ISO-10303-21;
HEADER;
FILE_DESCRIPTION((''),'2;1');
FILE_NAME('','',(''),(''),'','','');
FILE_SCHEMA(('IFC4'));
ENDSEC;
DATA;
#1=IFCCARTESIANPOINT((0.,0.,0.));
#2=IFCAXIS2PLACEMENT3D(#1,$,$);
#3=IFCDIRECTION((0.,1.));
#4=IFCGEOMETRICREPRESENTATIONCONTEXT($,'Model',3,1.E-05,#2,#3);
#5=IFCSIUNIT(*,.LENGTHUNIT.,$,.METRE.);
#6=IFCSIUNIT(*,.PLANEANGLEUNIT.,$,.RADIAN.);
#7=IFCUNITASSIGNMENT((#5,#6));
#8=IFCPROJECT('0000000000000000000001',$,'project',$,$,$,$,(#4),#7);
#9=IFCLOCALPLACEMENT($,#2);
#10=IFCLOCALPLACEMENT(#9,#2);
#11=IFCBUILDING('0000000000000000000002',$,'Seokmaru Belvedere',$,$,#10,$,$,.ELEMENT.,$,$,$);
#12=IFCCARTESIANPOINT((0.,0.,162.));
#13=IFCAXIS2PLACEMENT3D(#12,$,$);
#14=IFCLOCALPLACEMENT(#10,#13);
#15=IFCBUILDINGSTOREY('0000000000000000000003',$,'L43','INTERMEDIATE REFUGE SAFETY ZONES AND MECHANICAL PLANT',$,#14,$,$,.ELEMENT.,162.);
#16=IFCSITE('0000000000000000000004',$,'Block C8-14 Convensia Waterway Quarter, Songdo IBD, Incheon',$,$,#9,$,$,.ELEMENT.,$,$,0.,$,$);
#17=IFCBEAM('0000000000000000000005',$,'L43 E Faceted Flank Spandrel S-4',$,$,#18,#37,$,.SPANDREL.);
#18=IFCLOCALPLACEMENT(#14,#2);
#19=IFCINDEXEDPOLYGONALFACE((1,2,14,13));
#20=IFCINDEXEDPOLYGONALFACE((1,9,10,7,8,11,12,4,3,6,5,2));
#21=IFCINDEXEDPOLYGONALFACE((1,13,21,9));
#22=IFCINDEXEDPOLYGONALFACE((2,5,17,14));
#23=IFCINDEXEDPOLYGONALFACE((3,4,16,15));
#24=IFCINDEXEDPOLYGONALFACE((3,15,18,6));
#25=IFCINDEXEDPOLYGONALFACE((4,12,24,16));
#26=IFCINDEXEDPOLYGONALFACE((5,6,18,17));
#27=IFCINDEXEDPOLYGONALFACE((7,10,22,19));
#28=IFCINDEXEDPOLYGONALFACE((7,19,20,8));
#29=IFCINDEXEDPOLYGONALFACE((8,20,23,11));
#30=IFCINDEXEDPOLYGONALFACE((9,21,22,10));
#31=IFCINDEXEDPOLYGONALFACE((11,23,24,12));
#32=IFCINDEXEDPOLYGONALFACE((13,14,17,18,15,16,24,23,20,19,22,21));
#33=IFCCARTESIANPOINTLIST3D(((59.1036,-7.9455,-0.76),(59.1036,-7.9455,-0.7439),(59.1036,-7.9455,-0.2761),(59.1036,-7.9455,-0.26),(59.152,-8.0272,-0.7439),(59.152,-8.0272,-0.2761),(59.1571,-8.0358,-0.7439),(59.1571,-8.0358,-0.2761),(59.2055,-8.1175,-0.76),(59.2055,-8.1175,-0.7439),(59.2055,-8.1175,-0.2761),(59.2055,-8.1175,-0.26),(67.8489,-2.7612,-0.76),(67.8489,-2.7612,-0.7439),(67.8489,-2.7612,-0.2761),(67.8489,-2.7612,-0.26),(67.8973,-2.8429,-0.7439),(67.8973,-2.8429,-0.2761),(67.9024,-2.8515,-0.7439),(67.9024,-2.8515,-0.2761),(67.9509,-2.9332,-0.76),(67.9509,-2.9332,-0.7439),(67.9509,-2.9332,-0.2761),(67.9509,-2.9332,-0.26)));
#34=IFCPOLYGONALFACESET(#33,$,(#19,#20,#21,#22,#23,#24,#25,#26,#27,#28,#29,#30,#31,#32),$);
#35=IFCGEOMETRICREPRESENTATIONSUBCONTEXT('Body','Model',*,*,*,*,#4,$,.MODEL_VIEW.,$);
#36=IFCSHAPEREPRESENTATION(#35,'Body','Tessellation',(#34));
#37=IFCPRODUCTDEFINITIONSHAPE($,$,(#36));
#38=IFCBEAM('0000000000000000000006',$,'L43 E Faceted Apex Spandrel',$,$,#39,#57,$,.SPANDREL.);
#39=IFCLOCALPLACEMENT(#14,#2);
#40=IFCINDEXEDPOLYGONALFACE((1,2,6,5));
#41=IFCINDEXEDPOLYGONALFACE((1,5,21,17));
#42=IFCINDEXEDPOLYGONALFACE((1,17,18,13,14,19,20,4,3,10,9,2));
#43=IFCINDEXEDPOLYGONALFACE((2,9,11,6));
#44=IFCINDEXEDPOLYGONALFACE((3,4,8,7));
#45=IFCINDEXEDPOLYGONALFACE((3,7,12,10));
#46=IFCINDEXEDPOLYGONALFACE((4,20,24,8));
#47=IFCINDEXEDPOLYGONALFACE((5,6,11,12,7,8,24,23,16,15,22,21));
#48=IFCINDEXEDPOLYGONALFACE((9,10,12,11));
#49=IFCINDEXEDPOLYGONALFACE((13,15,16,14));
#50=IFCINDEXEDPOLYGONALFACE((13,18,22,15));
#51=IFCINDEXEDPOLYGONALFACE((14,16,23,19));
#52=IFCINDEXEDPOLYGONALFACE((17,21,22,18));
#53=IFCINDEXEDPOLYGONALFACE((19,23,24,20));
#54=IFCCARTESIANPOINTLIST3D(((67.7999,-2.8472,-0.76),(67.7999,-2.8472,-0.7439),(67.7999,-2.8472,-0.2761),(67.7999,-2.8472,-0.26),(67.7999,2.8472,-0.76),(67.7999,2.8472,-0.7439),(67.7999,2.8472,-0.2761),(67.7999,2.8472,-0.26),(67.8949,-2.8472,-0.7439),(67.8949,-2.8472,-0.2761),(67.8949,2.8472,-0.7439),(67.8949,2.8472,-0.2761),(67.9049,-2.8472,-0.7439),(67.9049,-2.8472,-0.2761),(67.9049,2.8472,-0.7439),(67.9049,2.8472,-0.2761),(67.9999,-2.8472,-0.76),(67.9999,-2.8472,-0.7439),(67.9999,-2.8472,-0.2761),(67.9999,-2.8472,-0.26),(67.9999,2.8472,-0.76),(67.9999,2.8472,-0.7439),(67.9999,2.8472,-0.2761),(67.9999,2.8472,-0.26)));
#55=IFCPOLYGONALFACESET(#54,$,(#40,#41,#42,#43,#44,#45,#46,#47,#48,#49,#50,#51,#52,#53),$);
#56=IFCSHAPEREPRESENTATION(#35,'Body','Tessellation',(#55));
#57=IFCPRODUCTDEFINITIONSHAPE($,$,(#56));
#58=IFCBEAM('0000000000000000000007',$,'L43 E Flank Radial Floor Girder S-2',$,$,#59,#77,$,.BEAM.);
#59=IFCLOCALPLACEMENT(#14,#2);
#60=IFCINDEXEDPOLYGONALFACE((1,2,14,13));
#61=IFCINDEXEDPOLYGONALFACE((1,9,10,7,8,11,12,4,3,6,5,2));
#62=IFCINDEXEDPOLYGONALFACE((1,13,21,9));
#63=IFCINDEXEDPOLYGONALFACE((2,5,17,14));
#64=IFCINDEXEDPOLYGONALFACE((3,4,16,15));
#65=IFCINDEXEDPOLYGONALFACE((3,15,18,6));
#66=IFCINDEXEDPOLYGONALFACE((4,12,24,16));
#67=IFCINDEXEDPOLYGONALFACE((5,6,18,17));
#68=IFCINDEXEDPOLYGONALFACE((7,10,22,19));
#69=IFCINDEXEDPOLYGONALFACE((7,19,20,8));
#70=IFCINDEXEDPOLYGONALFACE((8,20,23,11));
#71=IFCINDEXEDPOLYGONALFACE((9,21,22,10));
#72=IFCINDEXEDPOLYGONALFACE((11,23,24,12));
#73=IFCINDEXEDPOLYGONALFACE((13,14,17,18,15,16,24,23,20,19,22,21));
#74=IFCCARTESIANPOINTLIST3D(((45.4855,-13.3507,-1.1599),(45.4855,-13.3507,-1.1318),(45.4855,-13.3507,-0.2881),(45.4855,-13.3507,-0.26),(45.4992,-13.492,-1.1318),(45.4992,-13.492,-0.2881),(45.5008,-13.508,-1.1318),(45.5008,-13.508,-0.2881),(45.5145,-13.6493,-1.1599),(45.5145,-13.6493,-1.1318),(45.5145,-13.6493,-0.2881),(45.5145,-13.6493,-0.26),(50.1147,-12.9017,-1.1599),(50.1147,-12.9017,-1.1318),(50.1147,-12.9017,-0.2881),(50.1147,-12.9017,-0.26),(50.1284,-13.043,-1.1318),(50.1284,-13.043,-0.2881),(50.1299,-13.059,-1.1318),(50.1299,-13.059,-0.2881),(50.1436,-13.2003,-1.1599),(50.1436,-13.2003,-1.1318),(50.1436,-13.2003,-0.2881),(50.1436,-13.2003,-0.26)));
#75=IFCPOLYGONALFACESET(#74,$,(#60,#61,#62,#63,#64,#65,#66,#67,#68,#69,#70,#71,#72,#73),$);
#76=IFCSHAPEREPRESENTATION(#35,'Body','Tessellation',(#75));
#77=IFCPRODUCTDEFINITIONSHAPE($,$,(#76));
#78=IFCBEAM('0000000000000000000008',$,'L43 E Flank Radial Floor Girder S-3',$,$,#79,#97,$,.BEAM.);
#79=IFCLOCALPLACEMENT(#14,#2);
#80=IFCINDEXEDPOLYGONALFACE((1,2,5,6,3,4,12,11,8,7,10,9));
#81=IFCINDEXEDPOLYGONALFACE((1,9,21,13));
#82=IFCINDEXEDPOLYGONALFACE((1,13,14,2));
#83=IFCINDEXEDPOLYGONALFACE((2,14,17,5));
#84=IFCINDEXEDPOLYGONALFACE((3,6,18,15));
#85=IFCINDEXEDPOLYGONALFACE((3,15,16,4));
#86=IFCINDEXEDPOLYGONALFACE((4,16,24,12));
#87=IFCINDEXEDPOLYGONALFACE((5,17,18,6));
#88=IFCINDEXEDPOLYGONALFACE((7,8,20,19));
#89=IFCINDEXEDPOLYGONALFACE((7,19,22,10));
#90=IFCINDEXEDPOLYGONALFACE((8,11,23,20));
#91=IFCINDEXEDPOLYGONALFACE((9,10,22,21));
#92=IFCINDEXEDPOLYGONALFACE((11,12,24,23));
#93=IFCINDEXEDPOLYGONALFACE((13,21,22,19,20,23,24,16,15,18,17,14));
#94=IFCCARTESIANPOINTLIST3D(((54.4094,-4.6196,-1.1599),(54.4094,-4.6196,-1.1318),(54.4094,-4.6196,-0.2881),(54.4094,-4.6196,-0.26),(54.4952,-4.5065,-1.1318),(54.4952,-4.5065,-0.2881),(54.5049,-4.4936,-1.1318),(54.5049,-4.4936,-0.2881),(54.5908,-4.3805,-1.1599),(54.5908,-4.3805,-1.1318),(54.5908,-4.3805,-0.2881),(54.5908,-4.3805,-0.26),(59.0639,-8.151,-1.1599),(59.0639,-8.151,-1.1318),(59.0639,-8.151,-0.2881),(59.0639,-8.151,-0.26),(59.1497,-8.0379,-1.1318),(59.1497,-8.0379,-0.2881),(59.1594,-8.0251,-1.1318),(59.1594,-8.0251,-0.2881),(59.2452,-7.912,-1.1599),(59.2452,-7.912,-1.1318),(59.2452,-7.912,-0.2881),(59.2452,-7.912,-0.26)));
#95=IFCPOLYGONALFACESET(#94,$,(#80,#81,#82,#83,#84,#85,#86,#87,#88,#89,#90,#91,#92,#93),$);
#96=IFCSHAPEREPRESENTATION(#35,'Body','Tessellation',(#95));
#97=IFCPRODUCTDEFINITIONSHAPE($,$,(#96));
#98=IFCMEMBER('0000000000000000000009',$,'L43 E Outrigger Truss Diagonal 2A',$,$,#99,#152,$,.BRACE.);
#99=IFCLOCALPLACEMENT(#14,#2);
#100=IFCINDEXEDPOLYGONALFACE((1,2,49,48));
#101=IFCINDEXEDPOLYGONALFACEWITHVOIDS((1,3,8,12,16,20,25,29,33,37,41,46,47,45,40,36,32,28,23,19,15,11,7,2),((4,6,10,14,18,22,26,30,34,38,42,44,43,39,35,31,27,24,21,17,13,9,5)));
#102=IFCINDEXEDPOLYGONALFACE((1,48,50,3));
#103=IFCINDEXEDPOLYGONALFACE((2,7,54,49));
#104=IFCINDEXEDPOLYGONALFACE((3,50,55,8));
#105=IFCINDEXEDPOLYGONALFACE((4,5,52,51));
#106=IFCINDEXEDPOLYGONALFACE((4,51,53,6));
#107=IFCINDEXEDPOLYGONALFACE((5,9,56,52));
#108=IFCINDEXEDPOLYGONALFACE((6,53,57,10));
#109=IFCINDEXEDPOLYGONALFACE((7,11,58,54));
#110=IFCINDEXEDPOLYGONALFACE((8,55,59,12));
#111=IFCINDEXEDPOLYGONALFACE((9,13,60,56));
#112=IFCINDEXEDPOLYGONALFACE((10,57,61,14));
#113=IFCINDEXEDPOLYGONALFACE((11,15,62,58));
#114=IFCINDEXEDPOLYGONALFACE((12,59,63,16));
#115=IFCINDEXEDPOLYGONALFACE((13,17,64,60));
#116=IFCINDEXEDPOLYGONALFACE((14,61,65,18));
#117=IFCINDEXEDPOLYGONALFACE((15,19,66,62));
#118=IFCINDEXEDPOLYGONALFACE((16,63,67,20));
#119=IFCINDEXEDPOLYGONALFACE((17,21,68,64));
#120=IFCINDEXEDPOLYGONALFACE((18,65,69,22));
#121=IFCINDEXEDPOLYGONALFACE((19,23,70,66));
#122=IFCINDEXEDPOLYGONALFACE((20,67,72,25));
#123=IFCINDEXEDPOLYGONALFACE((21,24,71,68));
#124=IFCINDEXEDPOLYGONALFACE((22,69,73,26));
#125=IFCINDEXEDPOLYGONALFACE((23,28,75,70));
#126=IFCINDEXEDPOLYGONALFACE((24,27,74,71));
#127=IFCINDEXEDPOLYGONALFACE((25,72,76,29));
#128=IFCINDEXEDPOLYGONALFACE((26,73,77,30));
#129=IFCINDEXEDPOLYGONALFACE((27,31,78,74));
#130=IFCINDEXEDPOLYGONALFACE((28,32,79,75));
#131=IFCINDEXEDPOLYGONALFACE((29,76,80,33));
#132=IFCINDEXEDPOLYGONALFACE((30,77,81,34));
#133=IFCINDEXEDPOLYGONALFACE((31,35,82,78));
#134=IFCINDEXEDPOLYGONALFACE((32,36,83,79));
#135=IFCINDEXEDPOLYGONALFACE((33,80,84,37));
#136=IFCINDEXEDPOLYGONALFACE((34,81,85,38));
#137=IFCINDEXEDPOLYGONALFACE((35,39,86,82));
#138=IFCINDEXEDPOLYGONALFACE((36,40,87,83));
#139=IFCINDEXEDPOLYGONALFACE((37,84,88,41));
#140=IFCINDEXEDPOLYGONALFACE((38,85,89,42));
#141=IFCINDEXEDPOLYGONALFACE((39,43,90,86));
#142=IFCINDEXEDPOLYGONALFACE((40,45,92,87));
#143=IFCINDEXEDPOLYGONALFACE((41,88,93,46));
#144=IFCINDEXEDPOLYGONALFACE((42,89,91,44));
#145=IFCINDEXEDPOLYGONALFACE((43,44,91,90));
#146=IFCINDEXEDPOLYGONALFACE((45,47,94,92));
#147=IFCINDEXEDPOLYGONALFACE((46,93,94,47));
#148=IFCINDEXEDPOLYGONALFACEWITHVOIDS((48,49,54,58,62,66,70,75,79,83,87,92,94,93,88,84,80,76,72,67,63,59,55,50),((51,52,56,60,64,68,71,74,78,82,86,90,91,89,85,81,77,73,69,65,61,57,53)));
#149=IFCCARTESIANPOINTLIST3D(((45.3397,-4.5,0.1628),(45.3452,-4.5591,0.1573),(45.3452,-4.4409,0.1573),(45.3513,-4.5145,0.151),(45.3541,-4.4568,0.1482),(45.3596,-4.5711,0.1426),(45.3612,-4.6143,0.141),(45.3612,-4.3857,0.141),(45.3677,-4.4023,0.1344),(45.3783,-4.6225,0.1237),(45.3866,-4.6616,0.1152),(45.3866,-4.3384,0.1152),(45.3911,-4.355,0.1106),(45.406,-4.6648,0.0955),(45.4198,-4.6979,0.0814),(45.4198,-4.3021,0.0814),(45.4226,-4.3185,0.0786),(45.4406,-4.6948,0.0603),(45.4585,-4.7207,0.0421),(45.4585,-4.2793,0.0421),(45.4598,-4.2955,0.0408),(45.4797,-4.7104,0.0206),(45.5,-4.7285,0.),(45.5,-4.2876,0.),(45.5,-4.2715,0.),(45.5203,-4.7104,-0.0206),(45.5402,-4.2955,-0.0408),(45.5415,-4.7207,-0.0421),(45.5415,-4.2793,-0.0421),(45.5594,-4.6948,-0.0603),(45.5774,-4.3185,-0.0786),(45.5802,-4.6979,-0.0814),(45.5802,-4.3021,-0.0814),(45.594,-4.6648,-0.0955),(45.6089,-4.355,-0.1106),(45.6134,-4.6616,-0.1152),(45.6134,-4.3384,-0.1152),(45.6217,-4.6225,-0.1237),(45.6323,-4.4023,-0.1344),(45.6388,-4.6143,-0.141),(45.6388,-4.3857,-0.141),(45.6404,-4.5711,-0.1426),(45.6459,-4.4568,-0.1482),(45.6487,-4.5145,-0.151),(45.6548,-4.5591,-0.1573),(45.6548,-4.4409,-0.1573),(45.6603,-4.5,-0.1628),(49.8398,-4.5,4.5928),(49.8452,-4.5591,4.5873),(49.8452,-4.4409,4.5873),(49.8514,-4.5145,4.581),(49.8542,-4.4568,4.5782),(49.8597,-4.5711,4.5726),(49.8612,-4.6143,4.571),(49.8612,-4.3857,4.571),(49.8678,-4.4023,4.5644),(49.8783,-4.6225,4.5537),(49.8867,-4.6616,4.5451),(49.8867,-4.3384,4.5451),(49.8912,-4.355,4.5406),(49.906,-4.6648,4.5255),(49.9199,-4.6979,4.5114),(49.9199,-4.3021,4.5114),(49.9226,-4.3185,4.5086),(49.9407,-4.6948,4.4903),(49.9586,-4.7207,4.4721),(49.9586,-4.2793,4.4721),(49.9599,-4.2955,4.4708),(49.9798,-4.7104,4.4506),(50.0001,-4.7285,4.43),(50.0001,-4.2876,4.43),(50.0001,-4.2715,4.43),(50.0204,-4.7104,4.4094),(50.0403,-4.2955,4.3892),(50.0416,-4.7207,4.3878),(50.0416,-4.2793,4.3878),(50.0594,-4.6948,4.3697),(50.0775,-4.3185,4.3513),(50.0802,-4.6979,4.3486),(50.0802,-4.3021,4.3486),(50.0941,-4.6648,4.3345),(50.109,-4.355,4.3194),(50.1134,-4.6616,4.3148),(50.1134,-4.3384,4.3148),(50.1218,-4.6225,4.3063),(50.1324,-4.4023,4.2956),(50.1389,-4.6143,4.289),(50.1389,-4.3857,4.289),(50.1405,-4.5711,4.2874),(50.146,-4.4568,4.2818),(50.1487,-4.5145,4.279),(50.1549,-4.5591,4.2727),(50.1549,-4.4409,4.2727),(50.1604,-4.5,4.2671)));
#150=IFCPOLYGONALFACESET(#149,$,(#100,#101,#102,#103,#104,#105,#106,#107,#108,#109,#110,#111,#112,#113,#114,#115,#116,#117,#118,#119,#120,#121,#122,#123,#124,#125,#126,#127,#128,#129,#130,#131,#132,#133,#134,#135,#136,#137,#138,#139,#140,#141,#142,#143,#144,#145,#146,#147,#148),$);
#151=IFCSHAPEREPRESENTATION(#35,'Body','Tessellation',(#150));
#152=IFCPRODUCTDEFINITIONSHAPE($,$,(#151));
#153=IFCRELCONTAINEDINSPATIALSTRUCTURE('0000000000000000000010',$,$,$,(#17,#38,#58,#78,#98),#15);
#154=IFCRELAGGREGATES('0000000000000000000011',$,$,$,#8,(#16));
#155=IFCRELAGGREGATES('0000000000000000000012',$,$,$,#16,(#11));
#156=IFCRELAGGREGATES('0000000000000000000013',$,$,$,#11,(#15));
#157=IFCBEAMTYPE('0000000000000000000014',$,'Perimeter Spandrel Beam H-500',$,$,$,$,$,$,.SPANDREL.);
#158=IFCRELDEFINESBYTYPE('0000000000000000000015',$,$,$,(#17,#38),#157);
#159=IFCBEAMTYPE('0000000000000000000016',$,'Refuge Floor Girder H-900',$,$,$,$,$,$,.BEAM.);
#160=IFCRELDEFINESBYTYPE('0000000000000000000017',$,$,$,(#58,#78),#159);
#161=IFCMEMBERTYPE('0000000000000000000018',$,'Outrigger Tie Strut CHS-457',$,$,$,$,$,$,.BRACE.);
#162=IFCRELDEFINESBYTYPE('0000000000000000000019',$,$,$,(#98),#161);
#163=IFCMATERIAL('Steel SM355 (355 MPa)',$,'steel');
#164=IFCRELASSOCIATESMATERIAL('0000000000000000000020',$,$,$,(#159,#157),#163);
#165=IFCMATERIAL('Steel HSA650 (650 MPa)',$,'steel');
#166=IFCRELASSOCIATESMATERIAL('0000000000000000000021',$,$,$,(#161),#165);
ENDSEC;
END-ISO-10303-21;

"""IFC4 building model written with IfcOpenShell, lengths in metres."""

from ifc_helpers import new_model, si_unit, direction, frame, origin, origin_2d, place, context, subcontext, project, spatial, hollow_circle, i_section, extrude, source, transform, mapped, material, material_profile, profile_set, type_object, type_shapes, element, save


model = new_model("IFC4")

# Units and contexts
model_context = context("Model", 3, precision=1e-05, world=origin(), true_north=direction((0.0, 1.0)))
body_context = subcontext(model_context, "Body", "Model", "MODEL_VIEW")
ifc_project = project(units=[si_unit("LENGTHUNIT", "METRE"), si_unit("PLANEANGLEUNIT", "RADIAN")], contexts=[model_context])

# Site, building, storey
site_placement = place(None, origin())
site = spatial("IfcSite", under=ifc_project, at=site_placement, Name="Block C8-14 Convensia Waterway Quarter, Songdo IBD, Incheon", CompositionType="ELEMENT", RefElevation=0.0)
building_placement = place(site_placement, origin())
building = spatial("IfcBuilding", under=site, at=building_placement, Name="Seokmaru Belvedere", CompositionType="ELEMENT")
storey_placement = place(building_placement, frame((0.0, 0.0, 162.0)))
storey = spatial("IfcBuildingStorey", under=building, at=storey_placement, Name="L43", Description="INTERMEDIATE REFUGE SAFETY ZONES AND MECHANICAL PLANT", CompositionType="ELEMENT", Elevation=162.0)

# Shared definitions
ifc_material_1 = material(Name="Steel SM355 (355 MPa)", Category="steel")

# Beams
ifc_material_profile_1 = material_profile(ifc_material_1, i_section(OverallWidth=0.3, OverallDepth=0.8999, WebThickness=0.0161, FlangeThickness=0.0281, at=origin_2d()), Name="H-900x300x16x28")
ifc_profile_set_1 = profile_set([ifc_material_profile_1], Name="Steel SM355 (355 MPa)")
beam_type_1 = type_object("IfcBeamType", Name="Refuge Floor Girder H-900", PredefinedType="BEAM", material=ifc_profile_set_1)
ifc_material_profile_2 = material_profile(ifc_material_1, i_section(OverallWidth=0.2, OverallDepth=0.5, WebThickness=0.01, FlangeThickness=0.0161, at=origin_2d()), Name="H-500x200x10x16")
ifc_profile_set_2 = profile_set([ifc_material_profile_2], Name="Steel SM355 (355 MPa)")
beam_type_2 = type_object("IfcBeamType", Name="Perimeter Spandrel Beam H-500", PredefinedType="SPANDREL", material=ifc_profile_set_2)
shared_shape_1 = source(origin(), body_context, "Body", "SweptSolid", [
    extrude(i_section(OverallWidth=0.2, OverallDepth=0.5, WebThickness=0.01, FlangeThickness=0.0161, at=origin_2d()), origin(), (0.0, 0.0, 1.0), 10.1665),
])
beam_1_placement = place(storey_placement, frame((59.1545, -8.0315, -0.51), z_axis=(0.86021, 0.50994, 0.0), x_axis=(-0.50994, 0.86021, 0.0)))
element("IfcBeam", 1, at=beam_1_placement, inside=storey, type_object=beam_type_2, Name="L43 E Faceted Flank Spandrel S-4", PredefinedType="SPANDREL", context=body_context, shape_type="MappedRepresentation", body=[
    mapped(shared_shape_1, transform((0.0, 0.0, 0.0), scale=1.0)),
])
shared_shape_2 = source(origin(), body_context, "Body", "SweptSolid", [
    extrude(i_section(OverallWidth=0.2, OverallDepth=0.5, WebThickness=0.01, FlangeThickness=0.0161, at=origin_2d()), origin(), (0.0, 0.0, 1.0), 5.6943),
])
beam_2_placement = place(storey_placement, frame((67.8999, -2.8472, -0.51), z_axis=(0.0, 1.0, 0.0), x_axis=(-1.0, 0.0, 0.0)))
element("IfcBeam", 2, at=beam_2_placement, inside=storey, type_object=beam_type_2, Name="L43 E Faceted Apex Spandrel", PredefinedType="SPANDREL", context=body_context, shape_type="MappedRepresentation", body=[
    mapped(shared_shape_2, transform((0.0, 0.0, 0.0), scale=1.0)),
])
shared_shape_3 = source(origin(), body_context, "Body", "SweptSolid", [
    extrude(i_section(OverallWidth=0.3, OverallDepth=0.8999, WebThickness=0.0161, FlangeThickness=0.0281, at=origin_2d()), origin(), (0.0, 0.0, 1.0), 4.6509),
])
beam_3_placement = place(storey_placement, frame((50.1292, -13.051, -0.71), z_axis=(-0.99533, -0.096536, 0.0), x_axis=(0.096536, -0.99533, 0.0)))
element("IfcBeam", 3, at=beam_3_placement, inside=storey, type_object=beam_type_1, Name="L43 E Flank Radial Floor Girder S-2", PredefinedType="BEAM", context=body_context, shape_type="MappedRepresentation", body=[
    mapped(shared_shape_3, transform((0.0, 0.0, 0.0), scale=1.0)),
])
shared_shape_4 = source(origin(), body_context, "Body", "SweptSolid", [
    extrude(i_section(OverallWidth=0.3, OverallDepth=0.8999, WebThickness=0.0161, FlangeThickness=0.0281, at=origin_2d()), origin(), (0.0, 0.0, 1.0), 5.8425),
])
beam_4_placement = place(storey_placement, frame((59.1545, -8.0315, -0.71), z_axis=(-0.796653, 0.604437, 0.0), x_axis=(-0.604437, -0.796653, 0.0)))
element("IfcBeam", 4, at=beam_4_placement, inside=storey, type_object=beam_type_1, Name="L43 E Flank Radial Floor Girder S-3", PredefinedType="BEAM", context=body_context, shape_type="MappedRepresentation", body=[
    mapped(shared_shape_4, transform((0.0, 0.0, 0.0), scale=1.0)),
])

# Member
ifc_material_2 = material(Name="Steel HSA650 (650 MPa)", Category="steel")
ifc_material_profile_3 = material_profile(ifc_material_2, hollow_circle(Radius=0.2285, WallThickness=0.0161, at=origin_2d()), Name="CHS-457.2x16.0")
ifc_profile_set_3 = profile_set([ifc_material_profile_3], Name="Steel HSA650 (650 MPa)")
member_type_1 = type_object("IfcMemberType", Name="Outrigger Tie Strut CHS-457", PredefinedType="BRACE", material=ifc_profile_set_3)
shared_shape_5 = source(origin(), body_context, "Body", "SweptSolid", [
    extrude(hollow_circle(Radius=0.2285, WallThickness=0.0161, at=origin_2d()), origin(), (0.0, 0.0, 1.0), 6.3147),
])
type_shapes(member_type_1, [shared_shape_5])
for number, where, z_axis, x_axis, name in (
    (5, (45.5, -4.5, 0.0), (0.712633, 0.0, 0.701537), (0.0, 1.0, 0.0), "L43 E Outrigger Truss Diagonal 2A"),
):
    element("IfcMember", number, at=place(storey_placement, frame(where, z_axis=z_axis, x_axis=x_axis)), inside=storey, type_object=member_type_1, Name=name, PredefinedType="BRACE", context=body_context, shape_type="MappedRepresentation", body=[
        mapped(shared_shape_5, transform((0.0, 0.0, 0.0), scale=1.0)),
    ])

save(model, "model.ifc")
